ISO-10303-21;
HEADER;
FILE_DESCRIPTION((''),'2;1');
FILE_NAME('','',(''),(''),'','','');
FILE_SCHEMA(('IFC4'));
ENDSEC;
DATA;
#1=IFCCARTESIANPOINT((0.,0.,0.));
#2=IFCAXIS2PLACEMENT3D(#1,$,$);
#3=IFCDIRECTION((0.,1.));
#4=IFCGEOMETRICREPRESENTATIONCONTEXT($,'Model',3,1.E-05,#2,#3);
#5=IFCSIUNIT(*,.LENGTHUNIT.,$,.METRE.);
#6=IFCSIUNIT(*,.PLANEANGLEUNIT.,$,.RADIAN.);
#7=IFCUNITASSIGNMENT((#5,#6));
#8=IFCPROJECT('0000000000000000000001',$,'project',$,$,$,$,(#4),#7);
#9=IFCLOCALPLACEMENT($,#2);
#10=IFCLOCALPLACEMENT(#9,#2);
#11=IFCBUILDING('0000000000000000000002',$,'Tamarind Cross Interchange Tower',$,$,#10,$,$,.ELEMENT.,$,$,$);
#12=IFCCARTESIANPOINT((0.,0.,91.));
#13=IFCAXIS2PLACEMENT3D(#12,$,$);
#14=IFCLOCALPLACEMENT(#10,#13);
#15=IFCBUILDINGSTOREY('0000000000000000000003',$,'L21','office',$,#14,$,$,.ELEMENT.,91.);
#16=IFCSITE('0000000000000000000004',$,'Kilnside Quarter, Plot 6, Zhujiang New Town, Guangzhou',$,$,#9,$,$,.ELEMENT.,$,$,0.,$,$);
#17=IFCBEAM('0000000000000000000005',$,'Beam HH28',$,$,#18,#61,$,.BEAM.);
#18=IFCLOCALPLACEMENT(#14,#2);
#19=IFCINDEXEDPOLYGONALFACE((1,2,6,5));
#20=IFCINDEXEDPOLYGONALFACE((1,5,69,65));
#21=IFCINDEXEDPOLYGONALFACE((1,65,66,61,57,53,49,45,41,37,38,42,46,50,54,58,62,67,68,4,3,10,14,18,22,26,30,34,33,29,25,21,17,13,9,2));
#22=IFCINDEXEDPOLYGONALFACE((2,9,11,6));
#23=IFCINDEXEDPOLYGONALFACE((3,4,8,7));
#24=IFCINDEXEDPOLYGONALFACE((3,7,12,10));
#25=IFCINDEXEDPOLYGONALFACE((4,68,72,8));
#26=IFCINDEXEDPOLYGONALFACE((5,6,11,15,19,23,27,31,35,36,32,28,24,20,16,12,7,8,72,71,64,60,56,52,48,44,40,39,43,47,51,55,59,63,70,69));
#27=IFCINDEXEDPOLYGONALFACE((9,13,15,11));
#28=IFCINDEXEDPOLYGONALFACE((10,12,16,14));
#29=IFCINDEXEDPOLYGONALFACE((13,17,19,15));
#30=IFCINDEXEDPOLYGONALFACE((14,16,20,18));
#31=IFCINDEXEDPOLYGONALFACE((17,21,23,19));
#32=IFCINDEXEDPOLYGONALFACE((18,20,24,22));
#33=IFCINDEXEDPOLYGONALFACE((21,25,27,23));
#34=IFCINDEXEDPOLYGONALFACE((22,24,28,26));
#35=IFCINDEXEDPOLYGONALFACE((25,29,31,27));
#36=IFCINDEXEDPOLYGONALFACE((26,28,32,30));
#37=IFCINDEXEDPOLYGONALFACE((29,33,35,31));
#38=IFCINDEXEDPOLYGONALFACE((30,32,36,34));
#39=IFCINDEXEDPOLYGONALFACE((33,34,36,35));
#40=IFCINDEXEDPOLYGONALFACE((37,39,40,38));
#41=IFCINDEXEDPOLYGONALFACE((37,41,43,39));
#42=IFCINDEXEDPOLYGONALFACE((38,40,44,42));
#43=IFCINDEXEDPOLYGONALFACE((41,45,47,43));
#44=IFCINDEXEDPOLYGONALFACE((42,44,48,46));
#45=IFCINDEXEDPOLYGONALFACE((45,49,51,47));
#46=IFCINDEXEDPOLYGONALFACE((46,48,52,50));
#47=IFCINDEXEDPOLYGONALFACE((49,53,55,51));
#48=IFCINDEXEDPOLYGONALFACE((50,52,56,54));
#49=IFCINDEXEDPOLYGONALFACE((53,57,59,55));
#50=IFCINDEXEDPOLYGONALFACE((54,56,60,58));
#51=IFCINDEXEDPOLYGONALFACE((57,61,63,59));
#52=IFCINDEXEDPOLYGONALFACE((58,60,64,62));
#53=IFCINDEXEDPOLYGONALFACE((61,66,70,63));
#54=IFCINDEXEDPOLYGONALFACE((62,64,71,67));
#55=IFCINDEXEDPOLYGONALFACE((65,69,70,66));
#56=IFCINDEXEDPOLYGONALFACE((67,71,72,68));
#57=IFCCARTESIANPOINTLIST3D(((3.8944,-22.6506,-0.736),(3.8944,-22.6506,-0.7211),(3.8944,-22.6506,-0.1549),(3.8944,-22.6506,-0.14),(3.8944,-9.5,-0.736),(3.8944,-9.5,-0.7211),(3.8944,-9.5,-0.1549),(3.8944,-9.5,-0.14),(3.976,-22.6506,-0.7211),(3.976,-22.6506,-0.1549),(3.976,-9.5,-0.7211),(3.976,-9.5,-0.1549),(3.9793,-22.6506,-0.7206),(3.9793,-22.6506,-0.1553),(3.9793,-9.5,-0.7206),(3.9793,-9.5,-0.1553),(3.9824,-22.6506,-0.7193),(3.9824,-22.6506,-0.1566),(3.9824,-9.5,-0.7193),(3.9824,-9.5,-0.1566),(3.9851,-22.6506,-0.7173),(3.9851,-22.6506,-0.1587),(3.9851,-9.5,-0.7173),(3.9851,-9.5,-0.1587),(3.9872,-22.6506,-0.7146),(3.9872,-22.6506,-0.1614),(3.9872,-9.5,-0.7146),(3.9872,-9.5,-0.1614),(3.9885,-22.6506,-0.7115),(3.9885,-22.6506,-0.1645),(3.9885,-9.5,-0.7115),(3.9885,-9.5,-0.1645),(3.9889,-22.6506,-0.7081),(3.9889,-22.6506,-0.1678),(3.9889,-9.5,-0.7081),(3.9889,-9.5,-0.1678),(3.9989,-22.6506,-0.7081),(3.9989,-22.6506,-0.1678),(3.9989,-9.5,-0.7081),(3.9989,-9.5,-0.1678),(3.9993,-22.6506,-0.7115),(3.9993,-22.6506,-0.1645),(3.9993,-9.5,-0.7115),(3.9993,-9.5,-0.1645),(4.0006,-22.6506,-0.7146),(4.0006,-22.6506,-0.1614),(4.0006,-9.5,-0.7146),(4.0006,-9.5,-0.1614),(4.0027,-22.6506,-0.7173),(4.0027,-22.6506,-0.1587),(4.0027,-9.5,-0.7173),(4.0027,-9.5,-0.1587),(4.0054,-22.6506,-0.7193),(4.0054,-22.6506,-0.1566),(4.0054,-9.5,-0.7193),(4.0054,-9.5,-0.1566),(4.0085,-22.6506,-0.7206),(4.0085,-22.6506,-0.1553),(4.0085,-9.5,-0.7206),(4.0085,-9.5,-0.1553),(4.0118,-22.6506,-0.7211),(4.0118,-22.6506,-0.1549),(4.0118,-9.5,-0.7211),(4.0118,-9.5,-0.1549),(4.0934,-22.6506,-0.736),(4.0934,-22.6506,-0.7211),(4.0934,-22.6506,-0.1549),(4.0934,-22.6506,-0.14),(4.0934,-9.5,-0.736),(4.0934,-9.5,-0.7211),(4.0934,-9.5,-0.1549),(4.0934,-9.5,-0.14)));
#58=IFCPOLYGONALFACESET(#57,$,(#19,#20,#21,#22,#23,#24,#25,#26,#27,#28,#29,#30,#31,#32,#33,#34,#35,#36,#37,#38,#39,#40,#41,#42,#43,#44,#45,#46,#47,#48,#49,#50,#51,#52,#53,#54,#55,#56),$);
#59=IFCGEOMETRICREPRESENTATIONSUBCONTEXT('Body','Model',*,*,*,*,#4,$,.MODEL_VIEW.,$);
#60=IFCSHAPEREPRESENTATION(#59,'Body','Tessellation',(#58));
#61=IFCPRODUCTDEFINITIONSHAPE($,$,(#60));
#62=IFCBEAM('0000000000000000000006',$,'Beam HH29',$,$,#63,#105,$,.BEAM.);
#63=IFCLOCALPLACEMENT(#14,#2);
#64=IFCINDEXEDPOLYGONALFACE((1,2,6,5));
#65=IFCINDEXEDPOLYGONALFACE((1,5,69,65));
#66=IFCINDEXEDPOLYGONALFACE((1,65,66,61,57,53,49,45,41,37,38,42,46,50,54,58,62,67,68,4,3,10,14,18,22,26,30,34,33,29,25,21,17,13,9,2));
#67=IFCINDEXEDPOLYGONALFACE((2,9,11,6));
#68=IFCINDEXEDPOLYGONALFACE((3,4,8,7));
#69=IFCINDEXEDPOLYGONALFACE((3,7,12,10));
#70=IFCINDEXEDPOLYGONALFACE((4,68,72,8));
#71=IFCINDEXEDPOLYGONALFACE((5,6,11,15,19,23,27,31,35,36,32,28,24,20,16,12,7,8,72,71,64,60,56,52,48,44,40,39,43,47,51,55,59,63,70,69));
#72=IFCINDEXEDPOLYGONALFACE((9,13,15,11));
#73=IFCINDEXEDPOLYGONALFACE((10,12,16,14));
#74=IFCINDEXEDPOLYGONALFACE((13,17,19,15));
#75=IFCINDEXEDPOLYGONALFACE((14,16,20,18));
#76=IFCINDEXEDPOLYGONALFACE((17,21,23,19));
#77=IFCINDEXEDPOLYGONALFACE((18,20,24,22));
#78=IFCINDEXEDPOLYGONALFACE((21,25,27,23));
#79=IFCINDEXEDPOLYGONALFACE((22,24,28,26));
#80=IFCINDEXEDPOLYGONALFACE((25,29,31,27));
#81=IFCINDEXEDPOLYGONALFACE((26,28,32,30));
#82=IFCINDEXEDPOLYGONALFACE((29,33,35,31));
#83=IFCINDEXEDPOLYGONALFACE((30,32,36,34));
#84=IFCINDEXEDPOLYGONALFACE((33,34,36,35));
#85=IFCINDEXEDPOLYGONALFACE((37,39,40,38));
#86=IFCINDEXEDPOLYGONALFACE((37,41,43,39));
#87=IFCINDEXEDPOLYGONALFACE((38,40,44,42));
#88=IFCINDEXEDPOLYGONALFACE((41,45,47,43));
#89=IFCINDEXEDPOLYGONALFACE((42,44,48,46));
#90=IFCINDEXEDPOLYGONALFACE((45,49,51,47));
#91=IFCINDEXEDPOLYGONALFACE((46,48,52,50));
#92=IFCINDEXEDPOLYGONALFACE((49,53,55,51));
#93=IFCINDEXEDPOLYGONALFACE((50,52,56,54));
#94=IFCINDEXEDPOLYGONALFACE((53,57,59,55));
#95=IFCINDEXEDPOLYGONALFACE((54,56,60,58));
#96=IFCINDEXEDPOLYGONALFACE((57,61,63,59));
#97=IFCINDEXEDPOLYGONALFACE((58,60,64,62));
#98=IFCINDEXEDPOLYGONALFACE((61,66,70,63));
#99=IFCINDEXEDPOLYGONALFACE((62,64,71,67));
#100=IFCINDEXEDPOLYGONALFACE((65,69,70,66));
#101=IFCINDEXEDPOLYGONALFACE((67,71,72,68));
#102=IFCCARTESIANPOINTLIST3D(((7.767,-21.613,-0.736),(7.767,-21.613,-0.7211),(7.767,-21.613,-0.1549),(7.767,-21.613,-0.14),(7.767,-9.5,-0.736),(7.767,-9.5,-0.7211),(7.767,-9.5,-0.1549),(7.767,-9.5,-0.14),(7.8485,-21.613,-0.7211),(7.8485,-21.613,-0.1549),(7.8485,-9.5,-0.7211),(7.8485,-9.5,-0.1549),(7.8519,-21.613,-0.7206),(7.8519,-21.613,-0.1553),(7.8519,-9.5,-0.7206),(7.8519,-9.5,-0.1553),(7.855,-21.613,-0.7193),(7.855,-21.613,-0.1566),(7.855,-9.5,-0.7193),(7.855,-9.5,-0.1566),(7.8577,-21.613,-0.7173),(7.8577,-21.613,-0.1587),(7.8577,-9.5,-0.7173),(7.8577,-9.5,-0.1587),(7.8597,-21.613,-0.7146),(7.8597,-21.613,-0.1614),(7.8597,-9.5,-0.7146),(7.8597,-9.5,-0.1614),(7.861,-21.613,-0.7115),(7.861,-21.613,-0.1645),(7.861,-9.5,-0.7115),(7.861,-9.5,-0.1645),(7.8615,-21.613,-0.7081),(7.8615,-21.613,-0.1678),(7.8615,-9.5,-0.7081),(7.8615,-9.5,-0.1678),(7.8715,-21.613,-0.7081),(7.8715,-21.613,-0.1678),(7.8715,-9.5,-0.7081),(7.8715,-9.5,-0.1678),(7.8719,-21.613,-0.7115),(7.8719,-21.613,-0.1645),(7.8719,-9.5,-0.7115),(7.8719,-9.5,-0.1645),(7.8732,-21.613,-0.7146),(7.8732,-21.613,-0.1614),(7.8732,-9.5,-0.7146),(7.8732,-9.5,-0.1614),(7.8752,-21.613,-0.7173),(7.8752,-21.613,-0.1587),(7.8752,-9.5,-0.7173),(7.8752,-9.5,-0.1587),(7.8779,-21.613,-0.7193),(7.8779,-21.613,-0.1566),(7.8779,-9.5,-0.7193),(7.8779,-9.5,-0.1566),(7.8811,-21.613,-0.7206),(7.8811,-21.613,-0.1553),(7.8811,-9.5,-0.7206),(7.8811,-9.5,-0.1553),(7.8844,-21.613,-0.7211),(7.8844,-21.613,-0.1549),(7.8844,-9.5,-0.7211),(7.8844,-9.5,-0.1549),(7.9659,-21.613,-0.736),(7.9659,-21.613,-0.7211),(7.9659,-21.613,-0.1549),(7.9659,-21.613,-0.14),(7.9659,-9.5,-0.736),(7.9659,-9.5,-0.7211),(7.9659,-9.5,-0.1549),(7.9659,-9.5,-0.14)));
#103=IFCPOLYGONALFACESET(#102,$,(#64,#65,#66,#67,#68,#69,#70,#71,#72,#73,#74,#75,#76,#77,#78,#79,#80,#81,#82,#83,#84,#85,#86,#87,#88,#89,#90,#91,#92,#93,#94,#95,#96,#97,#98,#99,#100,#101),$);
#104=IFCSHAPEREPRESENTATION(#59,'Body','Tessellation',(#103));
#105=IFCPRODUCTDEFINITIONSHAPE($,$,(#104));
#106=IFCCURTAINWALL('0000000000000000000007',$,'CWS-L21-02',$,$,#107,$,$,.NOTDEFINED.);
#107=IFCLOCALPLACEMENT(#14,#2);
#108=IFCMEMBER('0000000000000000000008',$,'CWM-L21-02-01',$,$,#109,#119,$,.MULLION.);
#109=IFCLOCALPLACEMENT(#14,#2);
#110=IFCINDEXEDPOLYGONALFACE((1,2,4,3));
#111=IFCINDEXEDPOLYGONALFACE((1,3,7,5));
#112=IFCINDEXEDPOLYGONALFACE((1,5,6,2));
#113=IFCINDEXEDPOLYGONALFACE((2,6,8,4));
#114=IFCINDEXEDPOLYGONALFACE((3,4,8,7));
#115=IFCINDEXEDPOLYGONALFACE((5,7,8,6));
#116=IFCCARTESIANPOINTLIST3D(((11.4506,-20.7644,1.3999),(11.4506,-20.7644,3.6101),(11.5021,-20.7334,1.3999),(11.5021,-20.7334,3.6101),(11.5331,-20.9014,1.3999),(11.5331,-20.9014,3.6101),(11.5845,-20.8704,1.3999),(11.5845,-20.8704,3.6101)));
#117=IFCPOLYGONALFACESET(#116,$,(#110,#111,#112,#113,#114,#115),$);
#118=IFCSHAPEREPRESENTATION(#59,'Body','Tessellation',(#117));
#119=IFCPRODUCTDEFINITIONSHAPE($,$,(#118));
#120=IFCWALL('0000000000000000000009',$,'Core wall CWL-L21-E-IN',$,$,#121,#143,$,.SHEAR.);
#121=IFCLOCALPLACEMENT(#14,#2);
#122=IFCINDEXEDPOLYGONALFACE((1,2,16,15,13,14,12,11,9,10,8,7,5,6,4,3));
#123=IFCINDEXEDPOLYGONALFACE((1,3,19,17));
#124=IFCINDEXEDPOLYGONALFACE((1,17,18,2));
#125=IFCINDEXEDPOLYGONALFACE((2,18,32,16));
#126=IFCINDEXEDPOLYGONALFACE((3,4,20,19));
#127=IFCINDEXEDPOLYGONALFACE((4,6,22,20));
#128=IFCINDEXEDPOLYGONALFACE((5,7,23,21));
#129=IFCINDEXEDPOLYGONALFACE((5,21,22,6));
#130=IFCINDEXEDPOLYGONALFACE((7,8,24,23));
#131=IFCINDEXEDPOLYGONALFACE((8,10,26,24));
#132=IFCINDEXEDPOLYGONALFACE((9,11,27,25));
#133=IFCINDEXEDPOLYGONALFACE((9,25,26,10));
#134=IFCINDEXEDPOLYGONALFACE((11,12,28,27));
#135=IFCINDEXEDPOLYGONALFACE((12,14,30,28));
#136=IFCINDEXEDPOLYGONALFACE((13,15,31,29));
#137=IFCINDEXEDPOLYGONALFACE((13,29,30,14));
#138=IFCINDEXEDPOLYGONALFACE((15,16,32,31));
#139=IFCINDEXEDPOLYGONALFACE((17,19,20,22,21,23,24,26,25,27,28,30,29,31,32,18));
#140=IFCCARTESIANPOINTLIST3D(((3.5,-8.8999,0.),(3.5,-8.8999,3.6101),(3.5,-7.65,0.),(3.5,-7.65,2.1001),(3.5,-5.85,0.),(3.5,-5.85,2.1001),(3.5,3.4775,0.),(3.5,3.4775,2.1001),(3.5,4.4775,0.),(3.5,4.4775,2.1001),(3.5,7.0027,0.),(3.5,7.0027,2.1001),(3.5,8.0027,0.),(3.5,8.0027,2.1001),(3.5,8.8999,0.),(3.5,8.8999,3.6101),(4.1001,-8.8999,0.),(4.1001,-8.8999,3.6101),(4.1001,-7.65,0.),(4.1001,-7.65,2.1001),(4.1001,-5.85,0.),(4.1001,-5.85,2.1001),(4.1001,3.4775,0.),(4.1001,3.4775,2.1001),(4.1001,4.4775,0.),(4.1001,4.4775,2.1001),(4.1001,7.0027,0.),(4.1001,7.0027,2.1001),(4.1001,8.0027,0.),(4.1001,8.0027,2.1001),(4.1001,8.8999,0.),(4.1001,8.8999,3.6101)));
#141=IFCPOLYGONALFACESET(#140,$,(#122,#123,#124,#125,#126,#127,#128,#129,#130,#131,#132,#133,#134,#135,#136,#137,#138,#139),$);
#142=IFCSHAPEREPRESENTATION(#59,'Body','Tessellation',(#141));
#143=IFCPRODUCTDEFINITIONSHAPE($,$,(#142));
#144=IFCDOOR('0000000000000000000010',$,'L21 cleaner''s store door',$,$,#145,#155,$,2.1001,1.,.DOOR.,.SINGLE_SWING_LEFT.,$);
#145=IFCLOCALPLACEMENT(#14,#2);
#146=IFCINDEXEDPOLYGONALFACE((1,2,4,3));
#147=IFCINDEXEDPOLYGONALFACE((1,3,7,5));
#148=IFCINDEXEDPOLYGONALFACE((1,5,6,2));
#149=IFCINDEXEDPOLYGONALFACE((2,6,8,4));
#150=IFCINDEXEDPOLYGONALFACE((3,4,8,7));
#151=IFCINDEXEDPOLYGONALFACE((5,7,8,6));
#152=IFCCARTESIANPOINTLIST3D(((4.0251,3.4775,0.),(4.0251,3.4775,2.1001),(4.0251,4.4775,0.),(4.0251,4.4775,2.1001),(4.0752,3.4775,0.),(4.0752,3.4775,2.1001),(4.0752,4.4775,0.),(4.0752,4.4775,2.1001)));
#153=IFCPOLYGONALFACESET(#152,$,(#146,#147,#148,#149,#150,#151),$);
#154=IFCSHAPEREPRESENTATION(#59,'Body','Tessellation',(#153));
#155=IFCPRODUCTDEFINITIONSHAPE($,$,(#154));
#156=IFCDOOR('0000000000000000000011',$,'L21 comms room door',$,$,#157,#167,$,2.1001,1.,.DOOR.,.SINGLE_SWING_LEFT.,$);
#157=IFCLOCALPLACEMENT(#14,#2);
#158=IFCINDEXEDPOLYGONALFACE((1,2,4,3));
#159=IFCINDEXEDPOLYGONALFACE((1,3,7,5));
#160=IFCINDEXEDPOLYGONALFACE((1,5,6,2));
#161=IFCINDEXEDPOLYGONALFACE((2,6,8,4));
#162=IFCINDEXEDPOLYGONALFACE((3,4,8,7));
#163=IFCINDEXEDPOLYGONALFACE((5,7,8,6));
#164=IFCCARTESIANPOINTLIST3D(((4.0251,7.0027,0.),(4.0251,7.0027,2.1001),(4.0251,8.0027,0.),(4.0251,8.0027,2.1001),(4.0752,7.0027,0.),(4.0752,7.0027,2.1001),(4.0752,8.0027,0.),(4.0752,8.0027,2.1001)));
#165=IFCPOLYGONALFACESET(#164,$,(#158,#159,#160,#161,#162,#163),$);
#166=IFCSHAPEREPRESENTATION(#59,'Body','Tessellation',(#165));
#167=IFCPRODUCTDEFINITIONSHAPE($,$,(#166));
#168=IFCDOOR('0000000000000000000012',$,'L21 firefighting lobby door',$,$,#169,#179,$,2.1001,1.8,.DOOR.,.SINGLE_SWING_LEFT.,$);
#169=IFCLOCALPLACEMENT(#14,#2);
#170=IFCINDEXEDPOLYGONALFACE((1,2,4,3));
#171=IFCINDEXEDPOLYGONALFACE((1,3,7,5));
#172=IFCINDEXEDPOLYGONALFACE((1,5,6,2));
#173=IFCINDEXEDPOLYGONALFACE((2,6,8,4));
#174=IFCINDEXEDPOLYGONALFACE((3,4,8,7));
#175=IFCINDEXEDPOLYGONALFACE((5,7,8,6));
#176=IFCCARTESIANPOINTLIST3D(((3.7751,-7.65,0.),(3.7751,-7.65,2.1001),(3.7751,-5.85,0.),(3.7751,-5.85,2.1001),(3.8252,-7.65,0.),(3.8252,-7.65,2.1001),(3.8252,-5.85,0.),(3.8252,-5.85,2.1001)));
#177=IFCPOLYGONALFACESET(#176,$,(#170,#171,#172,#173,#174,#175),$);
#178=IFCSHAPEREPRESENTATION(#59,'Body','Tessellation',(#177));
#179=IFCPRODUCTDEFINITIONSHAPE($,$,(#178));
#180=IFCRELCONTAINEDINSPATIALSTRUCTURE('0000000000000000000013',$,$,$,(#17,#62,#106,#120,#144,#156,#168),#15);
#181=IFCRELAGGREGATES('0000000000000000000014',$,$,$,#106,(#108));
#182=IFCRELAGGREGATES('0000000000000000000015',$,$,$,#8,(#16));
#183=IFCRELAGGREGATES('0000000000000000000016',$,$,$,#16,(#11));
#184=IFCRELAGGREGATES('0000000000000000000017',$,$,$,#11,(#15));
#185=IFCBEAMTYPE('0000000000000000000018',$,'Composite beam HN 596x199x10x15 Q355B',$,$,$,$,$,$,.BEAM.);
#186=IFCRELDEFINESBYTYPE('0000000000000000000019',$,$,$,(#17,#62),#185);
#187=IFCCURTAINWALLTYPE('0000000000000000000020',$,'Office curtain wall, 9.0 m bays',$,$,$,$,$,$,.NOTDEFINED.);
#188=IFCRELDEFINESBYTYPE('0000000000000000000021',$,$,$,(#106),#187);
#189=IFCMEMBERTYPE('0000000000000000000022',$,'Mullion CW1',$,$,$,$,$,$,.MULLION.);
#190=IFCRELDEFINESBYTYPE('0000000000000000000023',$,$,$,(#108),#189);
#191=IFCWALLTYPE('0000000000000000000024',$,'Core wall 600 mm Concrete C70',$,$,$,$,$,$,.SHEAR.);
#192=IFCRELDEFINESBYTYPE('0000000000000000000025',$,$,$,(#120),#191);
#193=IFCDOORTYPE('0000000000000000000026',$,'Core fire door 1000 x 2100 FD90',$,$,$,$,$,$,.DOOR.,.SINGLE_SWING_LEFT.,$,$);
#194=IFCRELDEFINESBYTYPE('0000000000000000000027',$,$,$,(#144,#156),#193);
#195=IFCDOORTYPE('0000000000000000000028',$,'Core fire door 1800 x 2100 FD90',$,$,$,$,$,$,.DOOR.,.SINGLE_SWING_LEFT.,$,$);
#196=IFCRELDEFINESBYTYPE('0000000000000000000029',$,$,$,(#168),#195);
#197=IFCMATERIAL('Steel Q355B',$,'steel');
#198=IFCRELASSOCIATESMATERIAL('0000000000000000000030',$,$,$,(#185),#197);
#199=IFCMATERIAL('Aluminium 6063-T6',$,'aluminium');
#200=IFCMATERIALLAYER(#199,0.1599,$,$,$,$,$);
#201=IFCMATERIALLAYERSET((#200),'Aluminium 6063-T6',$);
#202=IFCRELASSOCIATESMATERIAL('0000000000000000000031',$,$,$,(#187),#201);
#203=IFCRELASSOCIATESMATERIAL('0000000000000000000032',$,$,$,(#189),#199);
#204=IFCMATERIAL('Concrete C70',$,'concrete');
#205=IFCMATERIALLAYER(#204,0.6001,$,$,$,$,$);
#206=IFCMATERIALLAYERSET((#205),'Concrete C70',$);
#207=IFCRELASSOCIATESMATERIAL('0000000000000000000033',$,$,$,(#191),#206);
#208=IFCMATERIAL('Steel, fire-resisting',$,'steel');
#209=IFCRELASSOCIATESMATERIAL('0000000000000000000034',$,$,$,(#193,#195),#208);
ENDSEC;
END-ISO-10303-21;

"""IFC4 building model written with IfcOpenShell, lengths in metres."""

from ifc_helpers import new_model, si_unit, direction, frame, frame_2d, origin, origin_2d, place, context, subcontext, project, spatial, rectangle, i_section, extrude, material, layer, layer_set, material_profile, profile_set, type_object, element, fill, aggregate, save


model = new_model("IFC4")

# Units and contexts
model_context = context("Model", 3, precision=1e-05, world=origin(), true_north=direction((0.0, 1.0)))
body_context = subcontext(model_context, "Body", "Model", "MODEL_VIEW")
ifc_project = project(units=[si_unit("LENGTHUNIT", "METRE"), si_unit("PLANEANGLEUNIT", "RADIAN")], contexts=[model_context])

# Site, building, storey
site_placement = place(None, origin())
site = spatial("IfcSite", under=ifc_project, at=site_placement, Name="Kilnside Quarter, Plot 6, Zhujiang New Town, Guangzhou", CompositionType="ELEMENT", RefElevation=0.0)
building_placement = place(site_placement, origin())
building = spatial("IfcBuilding", under=site, at=building_placement, Name="Tamarind Cross Interchange Tower", CompositionType="ELEMENT")
storey_placement = place(building_placement, frame((0.0, 0.0, 91.0)))
storey = spatial("IfcBuildingStorey", under=building, at=storey_placement, Name="L21", Description="office", CompositionType="ELEMENT", Elevation=91.0)

# Beams
ifc_material_1 = material(Name="Steel Q355B", Category="steel")
ifc_material_profile_1 = material_profile(ifc_material_1, i_section(OverallWidth=0.199, OverallDepth=0.5959, WebThickness=0.01, FlangeThickness=0.0149, FilletRadius=0.0129, at=origin_2d()), Name="HN 596x199x10x15")
ifc_profile_set_1 = profile_set([ifc_material_profile_1], Name="Steel Q355B")
beam_type = type_object("IfcBeamType", Name="Composite beam HN 596x199x10x15 Q355B", PredefinedType="BEAM", material=ifc_profile_set_1)
beam_1_placement = place(storey_placement, frame((3.9939, -22.6506, -0.438), z_axis=(0.0, 1.0, 0.0), x_axis=(-1.0, 0.0, 0.0)))
element("IfcBeam", 1, at=beam_1_placement, inside=storey, type_object=beam_type, Name="Beam HH28", PredefinedType="BEAM", context=body_context, shape_type="SweptSolid", body=[
    extrude(i_section(OverallWidth=0.199, OverallDepth=0.5959, WebThickness=0.01, FlangeThickness=0.0149, FilletRadius=0.0129, at=origin_2d()), origin(), (0.0, 0.0, 1.0), 13.1506),
])
beam_2_placement = place(storey_placement, frame((7.8665, -21.613, -0.438), z_axis=(0.0, 1.0, 0.0), x_axis=(-1.0, 0.0, 0.0)))
element("IfcBeam", 2, at=beam_2_placement, inside=storey, type_object=beam_type, Name="Beam HH29", PredefinedType="BEAM", context=body_context, shape_type="SweptSolid", body=[
    extrude(i_section(OverallWidth=0.199, OverallDepth=0.5959, WebThickness=0.01, FlangeThickness=0.0149, FilletRadius=0.0129, at=origin_2d()), origin(), (0.0, 0.0, 1.0), 12.113),
])

# Curtain wall, member
ifc_material_2 = material(Name="Aluminium 6063-T6", Category="aluminium")
ifc_layer_1 = layer(ifc_material_2, 0.1599)
ifc_layer_set_1 = layer_set([ifc_layer_1], Name="Aluminium 6063-T6")
curtain_wall_type = type_object("IfcCurtainWallType", Name="Office curtain wall, 9.0 m bays", PredefinedType="NOTDEFINED", material=ifc_layer_set_1)
curtain_wall_placement = place(storey_placement, origin())
curtain_wall = element("IfcCurtainWall", 3, at=curtain_wall_placement, inside=storey, type_object=curtain_wall_type, Name="CWS-L21-02", PredefinedType="NOTDEFINED")
ifc_material_profile_2 = material_profile(ifc_material_2, rectangle(XDim=0.0601, YDim=0.1599, at=origin_2d()), Name="Mullion CW1")
ifc_profile_set_2 = profile_set([ifc_material_profile_2], Name="Aluminium 6063-T6")
member_type = type_object("IfcMemberType", Name="Mullion CW1", PredefinedType="MULLION", material=ifc_profile_set_2)
member_placement = place(storey_placement, frame((11.5176, -20.8174, 1.3999), z_axis=(0.0, 0.0, 1.0), x_axis=(0.856843, 0.515577, 0.0)))
member = element("IfcMember", 4, at=member_placement, type_object=member_type, Name="CWM-L21-02-01", PredefinedType="MULLION", context=body_context, shape_type="SweptSolid", body=[
    extrude(rectangle(XDim=0.0601, YDim=0.1599, at=origin_2d()), origin(), (0.0, 0.0, 1.0), 2.2102),
])
aggregate(curtain_wall, [member])

# Wall, openings, doors
ifc_material_3 = material(Name="Concrete C70", Category="concrete")
ifc_layer_2 = layer(ifc_material_3, 0.6001)
ifc_layer_set_2 = layer_set([ifc_layer_2], Name="Concrete C70")
wall_type_1 = type_object("IfcWallType", Name="Core wall 600 mm Concrete C70", PredefinedType="SHEAR", material=ifc_layer_set_2)
wall_1_placement = place(storey_placement, frame((3.8, -8.8999, 0.0), z_axis=(0.0, 0.0, 1.0), x_axis=(0.0, 1.0, 0.0)))
wall_1 = element("IfcWall", 5, at=wall_1_placement, inside=storey, type_object=wall_type_1, Name="Core wall CWL-L21-E-IN", PredefinedType="SHEAR", context=body_context, shape_type="SweptSolid", body=[
    extrude(rectangle(XDim=17.7998, YDim=0.6001, at=frame_2d((8.8999, 0.0))), origin(), (0.0, 0.0, 1.0), 3.6101),
])
opening_1_placement = place(wall_1_placement, frame((1.25, 0.0, 0.0)))
opening_1 = element("IfcOpeningElement", 6, at=opening_1_placement, cuts=wall_1, PredefinedType="OPENING", context=body_context, shape_type="SweptSolid", body=[
    extrude(rectangle(XDim=1.8, YDim=2.1001, at=frame_2d((0.8999, 1.05))), frame((0.0, 0.3101, 0.0), z_axis=(0.0, -1.0, 0.0), x_axis=(1.0, 0.0, 0.0)), (0.0, 0.0, 1.0), 0.6201),
])
opening_2_placement = place(wall_1_placement, frame((12.3774, 0.0, 0.0)))
opening_2 = element("IfcOpeningElement", 7, at=opening_2_placement, cuts=wall_1, PredefinedType="OPENING", context=body_context, shape_type="SweptSolid", body=[
    extrude(rectangle(XDim=1.0, YDim=2.1001, at=frame_2d((0.5, 1.05))), frame((0.0, 0.3101, 0.0), z_axis=(0.0, -1.0, 0.0), x_axis=(1.0, 0.0, 0.0)), (0.0, 0.0, 1.0), 0.6201),
])
opening_3_placement = place(wall_1_placement, frame((15.9026, 0.0, 0.0)))
opening_3 = element("IfcOpeningElement", 8, at=opening_3_placement, cuts=wall_1, PredefinedType="OPENING", context=body_context, shape_type="SweptSolid", body=[
    extrude(rectangle(XDim=1.0, YDim=2.1001, at=frame_2d((0.5, 1.05))), frame((0.0, 0.3101, 0.0), z_axis=(0.0, -1.0, 0.0), x_axis=(1.0, 0.0, 0.0)), (0.0, 0.0, 1.0), 0.6201),
])
ifc_material_4 = material(Name="Steel, fire-resisting", Category="steel")
door_type_1 = type_object("IfcDoorType", Name="Core fire door 1000 x 2100 FD90", OperationType="SINGLE_SWING_LEFT", PredefinedType="DOOR", material=ifc_material_4)
door_1_placement = place(opening_2_placement, origin())
door_1 = element("IfcDoor", 9, at=door_1_placement, inside=storey, type_object=door_type_1, Name="L21 cleaner's store door", OperationType="SINGLE_SWING_LEFT", OverallHeight=2.1001, OverallWidth=1.0, PredefinedType="DOOR", context=body_context, shape_type="SweptSolid", body=[
    extrude(rectangle(XDim=1.0, YDim=2.1001, at=frame_2d((0.5, 1.05))), frame((0.0, -0.2251, 0.0), z_axis=(0.0, -1.0, 0.0), x_axis=(1.0, 0.0, 0.0)), (0.0, 0.0, 1.0), 0.05),
])
fill(opening_2, door_1)
door_2_placement = place(opening_3_placement, origin())
door_2 = element("IfcDoor", 10, at=door_2_placement, inside=storey, type_object=door_type_1, Name="L21 comms room door", OperationType="SINGLE_SWING_LEFT", OverallHeight=2.1001, OverallWidth=1.0, PredefinedType="DOOR", context=body_context, shape_type="SweptSolid", body=[
    extrude(rectangle(XDim=1.0, YDim=2.1001, at=frame_2d((0.5, 1.05))), frame((0.0, -0.2251, 0.0), z_axis=(0.0, -1.0, 0.0), x_axis=(1.0, 0.0, 0.0)), (0.0, 0.0, 1.0), 0.05),
])
fill(opening_3, door_2)
door_type_2 = type_object("IfcDoorType", Name="Core fire door 1800 x 2100 FD90", OperationType="SINGLE_SWING_LEFT", PredefinedType="DOOR", material=ifc_material_4)
door_3_placement = place(opening_1_placement, origin())
door_3 = element("IfcDoor", 11, at=door_3_placement, inside=storey, type_object=door_type_2, Name="L21 firefighting lobby door", OperationType="SINGLE_SWING_LEFT", OverallHeight=2.1001, OverallWidth=1.8, PredefinedType="DOOR", context=body_context, shape_type="SweptSolid", body=[
    extrude(rectangle(XDim=1.8, YDim=2.1001, at=frame_2d((0.8999, 1.05))), frame((0.0, 0.0249, 0.0), z_axis=(0.0, -1.0, 0.0), x_axis=(1.0, 0.0, 0.0)), (0.0, 0.0, 1.0), 0.05),
])
fill(opening_1, door_3)

save(model, "model.ifc")
